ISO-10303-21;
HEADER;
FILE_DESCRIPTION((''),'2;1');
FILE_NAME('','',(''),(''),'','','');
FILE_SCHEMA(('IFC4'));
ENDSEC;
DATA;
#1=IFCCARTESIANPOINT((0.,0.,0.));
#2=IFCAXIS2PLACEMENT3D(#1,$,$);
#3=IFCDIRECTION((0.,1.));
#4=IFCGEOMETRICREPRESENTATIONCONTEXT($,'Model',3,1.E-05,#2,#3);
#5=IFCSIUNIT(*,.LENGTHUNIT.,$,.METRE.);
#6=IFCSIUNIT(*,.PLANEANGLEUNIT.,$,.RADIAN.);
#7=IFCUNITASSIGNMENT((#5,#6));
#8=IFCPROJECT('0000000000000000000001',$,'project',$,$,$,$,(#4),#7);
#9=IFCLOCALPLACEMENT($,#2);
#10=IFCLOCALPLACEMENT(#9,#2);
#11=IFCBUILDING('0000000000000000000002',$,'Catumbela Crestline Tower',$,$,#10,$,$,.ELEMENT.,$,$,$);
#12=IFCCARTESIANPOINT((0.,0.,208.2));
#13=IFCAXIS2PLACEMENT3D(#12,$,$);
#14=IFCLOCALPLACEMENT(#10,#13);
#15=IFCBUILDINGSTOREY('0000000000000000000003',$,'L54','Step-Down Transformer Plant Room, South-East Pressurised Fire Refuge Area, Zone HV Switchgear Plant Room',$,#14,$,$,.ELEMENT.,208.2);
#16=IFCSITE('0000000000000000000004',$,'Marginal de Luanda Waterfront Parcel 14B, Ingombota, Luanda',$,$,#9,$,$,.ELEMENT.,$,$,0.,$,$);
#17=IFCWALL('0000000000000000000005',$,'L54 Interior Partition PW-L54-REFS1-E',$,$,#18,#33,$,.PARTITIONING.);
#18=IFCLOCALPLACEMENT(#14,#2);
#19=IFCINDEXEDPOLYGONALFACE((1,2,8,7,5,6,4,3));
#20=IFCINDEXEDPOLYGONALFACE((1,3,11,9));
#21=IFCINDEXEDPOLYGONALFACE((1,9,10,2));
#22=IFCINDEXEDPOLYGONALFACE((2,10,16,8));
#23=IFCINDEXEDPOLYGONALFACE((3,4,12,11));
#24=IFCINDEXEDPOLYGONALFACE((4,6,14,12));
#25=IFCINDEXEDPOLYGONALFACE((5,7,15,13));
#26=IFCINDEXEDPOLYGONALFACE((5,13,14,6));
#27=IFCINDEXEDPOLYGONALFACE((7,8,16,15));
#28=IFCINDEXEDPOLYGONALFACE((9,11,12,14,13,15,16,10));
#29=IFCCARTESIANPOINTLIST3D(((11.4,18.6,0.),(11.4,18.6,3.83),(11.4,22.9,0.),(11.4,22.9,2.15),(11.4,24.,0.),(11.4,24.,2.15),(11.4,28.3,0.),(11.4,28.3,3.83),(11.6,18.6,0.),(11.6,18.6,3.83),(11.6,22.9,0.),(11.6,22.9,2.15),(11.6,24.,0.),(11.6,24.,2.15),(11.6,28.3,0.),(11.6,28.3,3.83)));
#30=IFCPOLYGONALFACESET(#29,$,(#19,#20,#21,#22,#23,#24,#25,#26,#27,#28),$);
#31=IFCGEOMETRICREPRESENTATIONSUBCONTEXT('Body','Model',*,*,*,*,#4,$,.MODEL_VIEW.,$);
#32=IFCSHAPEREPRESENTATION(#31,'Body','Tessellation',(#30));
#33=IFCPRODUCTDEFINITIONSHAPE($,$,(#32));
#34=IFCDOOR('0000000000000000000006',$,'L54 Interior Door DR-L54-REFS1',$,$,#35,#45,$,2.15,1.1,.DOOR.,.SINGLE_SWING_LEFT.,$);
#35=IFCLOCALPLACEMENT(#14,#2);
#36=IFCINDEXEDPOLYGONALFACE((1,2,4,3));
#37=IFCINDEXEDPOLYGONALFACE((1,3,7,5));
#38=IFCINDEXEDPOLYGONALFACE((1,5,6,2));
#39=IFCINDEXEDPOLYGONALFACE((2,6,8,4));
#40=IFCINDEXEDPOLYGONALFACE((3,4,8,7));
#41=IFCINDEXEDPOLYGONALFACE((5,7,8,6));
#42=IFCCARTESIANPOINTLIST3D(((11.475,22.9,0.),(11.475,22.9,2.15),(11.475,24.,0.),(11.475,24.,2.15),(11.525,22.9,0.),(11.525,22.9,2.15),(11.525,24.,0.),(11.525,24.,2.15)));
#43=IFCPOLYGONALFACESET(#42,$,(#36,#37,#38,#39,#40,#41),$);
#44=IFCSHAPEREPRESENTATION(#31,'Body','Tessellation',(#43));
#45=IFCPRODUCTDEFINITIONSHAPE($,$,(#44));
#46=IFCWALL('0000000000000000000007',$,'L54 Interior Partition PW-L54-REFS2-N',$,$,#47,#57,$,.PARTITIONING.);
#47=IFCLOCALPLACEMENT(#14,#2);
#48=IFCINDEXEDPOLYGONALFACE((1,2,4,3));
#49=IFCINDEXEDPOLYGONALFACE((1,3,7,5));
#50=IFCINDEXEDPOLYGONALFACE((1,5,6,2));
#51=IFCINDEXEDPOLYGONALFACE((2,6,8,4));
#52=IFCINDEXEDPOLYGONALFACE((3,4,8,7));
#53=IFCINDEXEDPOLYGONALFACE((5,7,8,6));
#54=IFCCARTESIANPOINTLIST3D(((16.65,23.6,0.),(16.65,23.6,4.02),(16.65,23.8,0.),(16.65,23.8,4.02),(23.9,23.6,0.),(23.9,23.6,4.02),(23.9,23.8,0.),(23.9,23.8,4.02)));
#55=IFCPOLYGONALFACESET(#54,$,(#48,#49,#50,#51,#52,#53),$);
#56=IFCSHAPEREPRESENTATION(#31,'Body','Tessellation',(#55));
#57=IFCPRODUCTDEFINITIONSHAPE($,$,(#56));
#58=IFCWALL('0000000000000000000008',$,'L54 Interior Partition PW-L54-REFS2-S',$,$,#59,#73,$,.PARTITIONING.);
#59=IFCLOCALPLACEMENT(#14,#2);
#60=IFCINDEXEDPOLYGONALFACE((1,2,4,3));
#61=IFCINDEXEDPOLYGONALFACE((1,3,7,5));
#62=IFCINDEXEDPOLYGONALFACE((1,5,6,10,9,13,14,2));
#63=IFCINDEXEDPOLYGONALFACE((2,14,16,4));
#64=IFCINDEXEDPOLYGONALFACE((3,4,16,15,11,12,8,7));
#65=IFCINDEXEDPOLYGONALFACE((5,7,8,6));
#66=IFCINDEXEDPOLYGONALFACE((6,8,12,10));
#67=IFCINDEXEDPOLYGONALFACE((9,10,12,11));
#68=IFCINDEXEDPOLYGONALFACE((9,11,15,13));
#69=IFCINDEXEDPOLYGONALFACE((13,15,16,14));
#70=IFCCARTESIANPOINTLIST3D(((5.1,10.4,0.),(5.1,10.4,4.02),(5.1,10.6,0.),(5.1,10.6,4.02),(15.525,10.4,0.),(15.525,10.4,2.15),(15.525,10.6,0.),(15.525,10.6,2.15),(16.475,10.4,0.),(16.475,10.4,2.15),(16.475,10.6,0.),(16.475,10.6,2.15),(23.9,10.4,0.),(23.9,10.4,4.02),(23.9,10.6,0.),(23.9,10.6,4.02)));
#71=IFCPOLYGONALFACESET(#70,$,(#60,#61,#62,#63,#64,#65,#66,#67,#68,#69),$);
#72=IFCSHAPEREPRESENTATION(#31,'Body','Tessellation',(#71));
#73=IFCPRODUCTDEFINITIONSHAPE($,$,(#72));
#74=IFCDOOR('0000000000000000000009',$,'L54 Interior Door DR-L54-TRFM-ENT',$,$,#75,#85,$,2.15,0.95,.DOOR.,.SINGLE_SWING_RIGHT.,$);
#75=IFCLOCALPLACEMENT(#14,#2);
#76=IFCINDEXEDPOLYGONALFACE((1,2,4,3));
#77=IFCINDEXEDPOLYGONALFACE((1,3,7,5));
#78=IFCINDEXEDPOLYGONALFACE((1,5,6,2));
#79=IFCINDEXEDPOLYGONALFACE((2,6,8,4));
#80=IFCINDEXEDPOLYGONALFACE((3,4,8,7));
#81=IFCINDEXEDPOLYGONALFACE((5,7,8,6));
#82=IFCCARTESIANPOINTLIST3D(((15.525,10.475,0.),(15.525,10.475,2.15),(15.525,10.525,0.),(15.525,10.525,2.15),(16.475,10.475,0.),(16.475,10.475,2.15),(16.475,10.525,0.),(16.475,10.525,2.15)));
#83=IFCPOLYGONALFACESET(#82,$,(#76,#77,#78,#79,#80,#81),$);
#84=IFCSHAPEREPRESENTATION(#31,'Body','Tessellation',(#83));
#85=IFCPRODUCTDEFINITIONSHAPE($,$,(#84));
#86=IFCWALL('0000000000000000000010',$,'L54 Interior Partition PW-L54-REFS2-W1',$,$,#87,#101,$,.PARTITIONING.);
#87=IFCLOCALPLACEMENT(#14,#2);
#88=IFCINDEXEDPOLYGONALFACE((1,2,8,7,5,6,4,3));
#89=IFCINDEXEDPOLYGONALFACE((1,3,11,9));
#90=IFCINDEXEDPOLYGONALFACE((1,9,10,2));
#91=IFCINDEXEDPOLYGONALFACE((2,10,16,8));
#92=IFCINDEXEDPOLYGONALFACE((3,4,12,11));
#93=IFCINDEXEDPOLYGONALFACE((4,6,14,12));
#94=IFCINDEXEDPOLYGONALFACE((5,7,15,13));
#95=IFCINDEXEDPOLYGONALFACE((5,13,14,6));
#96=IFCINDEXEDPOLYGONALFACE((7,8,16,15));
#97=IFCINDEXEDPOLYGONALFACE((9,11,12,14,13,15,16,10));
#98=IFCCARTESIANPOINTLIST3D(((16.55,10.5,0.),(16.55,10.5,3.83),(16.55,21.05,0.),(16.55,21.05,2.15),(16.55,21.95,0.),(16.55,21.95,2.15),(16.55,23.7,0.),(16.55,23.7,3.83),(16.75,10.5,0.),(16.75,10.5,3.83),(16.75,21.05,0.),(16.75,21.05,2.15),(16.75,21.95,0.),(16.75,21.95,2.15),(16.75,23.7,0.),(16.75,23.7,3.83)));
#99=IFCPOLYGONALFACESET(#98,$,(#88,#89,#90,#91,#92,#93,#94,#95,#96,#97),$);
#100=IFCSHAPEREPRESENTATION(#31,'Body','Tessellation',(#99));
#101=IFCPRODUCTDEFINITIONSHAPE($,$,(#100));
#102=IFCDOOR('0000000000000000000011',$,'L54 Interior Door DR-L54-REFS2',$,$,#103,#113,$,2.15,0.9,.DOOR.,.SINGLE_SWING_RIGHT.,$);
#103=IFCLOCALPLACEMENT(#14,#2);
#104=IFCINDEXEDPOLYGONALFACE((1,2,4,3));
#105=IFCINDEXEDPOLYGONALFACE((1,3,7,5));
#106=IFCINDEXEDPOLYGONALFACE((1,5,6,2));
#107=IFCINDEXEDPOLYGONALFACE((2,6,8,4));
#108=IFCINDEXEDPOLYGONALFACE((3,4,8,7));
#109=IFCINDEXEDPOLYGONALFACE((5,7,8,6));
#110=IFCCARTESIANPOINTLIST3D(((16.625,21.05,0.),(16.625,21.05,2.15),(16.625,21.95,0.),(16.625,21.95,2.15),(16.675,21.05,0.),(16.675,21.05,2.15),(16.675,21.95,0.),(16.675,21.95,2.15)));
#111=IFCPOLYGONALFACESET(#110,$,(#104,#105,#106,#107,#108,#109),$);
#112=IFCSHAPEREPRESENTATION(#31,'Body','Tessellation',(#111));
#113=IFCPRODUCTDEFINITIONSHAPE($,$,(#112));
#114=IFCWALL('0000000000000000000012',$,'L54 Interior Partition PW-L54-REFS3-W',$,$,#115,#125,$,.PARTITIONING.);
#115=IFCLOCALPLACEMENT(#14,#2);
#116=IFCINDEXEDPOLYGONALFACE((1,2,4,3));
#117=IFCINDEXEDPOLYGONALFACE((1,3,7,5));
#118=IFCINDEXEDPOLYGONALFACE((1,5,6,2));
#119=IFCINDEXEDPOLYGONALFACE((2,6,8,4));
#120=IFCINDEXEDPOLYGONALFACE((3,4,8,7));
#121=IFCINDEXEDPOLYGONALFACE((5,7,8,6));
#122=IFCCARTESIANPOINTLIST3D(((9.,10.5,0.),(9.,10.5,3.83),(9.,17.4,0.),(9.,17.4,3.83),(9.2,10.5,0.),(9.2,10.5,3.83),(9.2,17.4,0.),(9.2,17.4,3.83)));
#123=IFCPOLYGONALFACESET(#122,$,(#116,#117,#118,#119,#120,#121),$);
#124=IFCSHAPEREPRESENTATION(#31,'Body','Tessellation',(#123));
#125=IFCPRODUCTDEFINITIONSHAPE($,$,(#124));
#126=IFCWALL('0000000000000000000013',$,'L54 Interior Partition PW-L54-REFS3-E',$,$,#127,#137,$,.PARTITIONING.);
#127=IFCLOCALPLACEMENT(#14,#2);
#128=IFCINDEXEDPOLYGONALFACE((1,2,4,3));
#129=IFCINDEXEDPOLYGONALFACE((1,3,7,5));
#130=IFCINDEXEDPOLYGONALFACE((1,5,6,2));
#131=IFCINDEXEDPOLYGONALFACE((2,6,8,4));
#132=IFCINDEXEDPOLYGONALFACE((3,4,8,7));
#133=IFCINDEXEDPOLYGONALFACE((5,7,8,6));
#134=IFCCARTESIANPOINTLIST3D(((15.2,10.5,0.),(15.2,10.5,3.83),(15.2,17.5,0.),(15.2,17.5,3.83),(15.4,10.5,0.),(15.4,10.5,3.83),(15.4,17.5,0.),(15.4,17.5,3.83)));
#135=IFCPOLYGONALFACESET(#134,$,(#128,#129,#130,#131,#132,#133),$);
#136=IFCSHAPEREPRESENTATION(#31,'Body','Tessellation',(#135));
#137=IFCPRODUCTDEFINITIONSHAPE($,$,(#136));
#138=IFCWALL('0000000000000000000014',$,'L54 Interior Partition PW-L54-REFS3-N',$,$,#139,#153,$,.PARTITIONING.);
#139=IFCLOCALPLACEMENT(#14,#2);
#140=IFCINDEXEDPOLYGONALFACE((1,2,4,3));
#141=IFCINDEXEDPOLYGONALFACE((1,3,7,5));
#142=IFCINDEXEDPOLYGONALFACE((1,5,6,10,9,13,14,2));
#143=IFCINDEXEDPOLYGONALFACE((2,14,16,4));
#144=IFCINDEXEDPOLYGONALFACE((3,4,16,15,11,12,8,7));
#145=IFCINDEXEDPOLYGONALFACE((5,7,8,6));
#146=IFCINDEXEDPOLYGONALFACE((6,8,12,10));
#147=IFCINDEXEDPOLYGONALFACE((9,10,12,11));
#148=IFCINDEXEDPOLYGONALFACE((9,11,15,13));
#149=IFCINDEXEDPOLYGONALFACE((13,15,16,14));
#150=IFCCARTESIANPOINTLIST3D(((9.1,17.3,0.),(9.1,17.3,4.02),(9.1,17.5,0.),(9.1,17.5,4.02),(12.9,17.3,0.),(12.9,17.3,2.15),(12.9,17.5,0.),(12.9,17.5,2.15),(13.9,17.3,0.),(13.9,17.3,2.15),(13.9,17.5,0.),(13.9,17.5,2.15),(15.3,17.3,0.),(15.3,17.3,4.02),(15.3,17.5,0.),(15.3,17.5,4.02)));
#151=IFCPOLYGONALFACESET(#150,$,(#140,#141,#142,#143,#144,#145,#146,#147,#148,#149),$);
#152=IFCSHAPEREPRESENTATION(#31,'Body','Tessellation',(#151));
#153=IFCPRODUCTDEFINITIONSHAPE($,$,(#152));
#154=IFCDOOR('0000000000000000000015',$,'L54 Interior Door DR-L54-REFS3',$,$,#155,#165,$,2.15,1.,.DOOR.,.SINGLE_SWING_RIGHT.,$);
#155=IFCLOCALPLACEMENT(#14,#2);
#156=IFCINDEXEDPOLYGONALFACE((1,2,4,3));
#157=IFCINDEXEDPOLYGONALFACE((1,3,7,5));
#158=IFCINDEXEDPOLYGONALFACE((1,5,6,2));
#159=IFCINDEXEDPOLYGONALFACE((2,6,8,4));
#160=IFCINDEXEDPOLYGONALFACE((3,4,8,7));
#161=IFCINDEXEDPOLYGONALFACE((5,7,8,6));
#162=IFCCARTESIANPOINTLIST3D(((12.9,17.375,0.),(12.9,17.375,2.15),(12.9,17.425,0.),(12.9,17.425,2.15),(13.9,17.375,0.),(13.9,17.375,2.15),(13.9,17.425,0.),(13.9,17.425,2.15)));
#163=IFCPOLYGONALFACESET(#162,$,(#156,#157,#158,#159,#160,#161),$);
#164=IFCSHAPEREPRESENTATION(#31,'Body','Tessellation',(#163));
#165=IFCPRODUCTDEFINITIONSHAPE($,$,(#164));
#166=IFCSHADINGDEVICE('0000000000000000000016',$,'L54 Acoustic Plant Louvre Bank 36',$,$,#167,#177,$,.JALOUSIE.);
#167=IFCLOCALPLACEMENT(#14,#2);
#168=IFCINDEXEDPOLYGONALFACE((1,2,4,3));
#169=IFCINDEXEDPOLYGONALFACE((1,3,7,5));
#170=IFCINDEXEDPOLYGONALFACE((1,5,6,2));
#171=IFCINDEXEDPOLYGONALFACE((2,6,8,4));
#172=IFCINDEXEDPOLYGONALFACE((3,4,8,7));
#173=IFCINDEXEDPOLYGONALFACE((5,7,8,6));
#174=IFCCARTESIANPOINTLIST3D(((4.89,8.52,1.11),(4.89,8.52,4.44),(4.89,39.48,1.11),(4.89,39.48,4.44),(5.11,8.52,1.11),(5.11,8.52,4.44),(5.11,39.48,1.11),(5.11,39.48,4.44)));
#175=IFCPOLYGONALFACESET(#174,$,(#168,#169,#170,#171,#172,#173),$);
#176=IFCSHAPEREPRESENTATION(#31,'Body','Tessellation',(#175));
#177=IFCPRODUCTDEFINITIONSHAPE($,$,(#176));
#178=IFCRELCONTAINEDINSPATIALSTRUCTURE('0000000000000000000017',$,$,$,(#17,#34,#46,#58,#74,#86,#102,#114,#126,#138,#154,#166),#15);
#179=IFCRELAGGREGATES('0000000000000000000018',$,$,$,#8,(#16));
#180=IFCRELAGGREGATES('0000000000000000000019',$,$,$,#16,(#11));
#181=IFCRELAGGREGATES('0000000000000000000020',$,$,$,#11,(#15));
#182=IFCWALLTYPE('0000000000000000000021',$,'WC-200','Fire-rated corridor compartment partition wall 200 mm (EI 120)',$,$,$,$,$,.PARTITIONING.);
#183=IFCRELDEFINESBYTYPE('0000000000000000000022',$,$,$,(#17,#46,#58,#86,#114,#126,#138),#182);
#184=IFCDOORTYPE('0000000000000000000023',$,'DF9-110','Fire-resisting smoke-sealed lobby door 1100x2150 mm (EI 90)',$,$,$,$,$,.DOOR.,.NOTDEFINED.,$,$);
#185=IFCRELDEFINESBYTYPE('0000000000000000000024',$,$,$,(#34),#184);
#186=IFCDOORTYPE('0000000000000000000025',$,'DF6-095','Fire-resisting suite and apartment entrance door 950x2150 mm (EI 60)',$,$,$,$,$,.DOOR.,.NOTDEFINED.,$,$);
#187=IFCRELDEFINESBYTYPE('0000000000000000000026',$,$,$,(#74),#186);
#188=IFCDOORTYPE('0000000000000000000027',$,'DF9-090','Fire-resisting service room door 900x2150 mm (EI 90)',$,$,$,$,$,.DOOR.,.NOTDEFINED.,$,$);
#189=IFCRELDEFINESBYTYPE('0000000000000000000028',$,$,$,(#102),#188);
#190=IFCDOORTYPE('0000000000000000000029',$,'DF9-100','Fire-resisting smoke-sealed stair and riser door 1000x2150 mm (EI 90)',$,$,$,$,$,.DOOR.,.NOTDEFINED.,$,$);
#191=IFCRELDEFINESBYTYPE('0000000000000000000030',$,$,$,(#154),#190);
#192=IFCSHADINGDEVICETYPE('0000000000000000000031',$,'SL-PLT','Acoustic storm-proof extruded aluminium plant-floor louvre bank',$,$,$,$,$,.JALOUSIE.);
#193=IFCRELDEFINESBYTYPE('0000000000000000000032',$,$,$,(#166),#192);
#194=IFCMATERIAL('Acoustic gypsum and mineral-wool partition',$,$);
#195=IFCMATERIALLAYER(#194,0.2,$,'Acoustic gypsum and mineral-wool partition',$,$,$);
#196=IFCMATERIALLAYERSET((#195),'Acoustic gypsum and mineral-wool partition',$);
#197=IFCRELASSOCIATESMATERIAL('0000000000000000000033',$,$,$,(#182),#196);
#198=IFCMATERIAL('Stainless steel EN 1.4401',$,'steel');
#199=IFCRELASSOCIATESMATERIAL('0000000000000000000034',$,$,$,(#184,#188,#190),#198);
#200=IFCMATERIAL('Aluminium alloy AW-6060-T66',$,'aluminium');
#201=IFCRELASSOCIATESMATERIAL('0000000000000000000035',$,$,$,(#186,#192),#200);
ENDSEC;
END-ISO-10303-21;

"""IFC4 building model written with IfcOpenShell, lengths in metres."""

from ifc_helpers import new_model, si_unit, direction, frame, frame_2d, origin, origin_2d, place, context, subcontext, project, spatial, rectangle, extrude, material, layer, layer_set, type_object, element, fill, save


model = new_model("IFC4")

# Units and contexts
model_context = context("Model", 3, precision=1e-05, world=origin(), true_north=direction((0.0, 1.0)))
body_context = subcontext(model_context, "Body", "Model", "MODEL_VIEW")
ifc_project = project(units=[si_unit("LENGTHUNIT", "METRE"), si_unit("PLANEANGLEUNIT", "RADIAN")], contexts=[model_context])

# Site, building, storey
site_placement = place(None, origin())
site = spatial("IfcSite", under=ifc_project, at=site_placement, Name="Marginal de Luanda Waterfront Parcel 14B, Ingombota, Luanda", CompositionType="ELEMENT", RefElevation=0.0)
building_placement = place(site_placement, origin())
building = spatial("IfcBuilding", under=site, at=building_placement, Name="Catumbela Crestline Tower", CompositionType="ELEMENT")
storey_placement = place(building_placement, frame((0.0, 0.0, 208.2)))
storey = spatial("IfcBuildingStorey", under=building, at=storey_placement, Name="L54", Description="Step-Down Transformer Plant Room, South-East Pressurised Fire Refuge Area, Zone HV Switchgear Plant Room", CompositionType="ELEMENT", Elevation=208.2)

# Shared definitions
ifc_material_1 = material(Name="Acoustic gypsum and mineral-wool partition")
ifc_layer = layer(ifc_material_1, 0.2, Name="Acoustic gypsum and mineral-wool partition")
ifc_layer_set = layer_set([ifc_layer], Name="Acoustic gypsum and mineral-wool partition")
wall_type = type_object("IfcWallType", Name="WC-200", Description="Fire-rated corridor compartment partition wall 200 mm (EI 120)", PredefinedType="PARTITIONING", material=ifc_layer_set)

# Wall, opening, door
wall_1_placement = place(storey_placement, frame((11.5, 18.6, 0.0), z_axis=(0.0, 0.0, 1.0), x_axis=(0.0, 1.0, 0.0)))
wall_1 = element("IfcWall", 1, at=wall_1_placement, inside=storey, type_object=wall_type, Name="L54 Interior Partition PW-L54-REFS1-E", PredefinedType="PARTITIONING", context=body_context, shape_type="SweptSolid", body=[
    extrude(rectangle(XDim=9.7, YDim=0.2, at=frame_2d((4.85, 0.0))), origin(), (0.0, 0.0, 1.0), 3.83),
])
opening_1_placement = place(wall_1_placement, frame((4.3, 0.0, 0.0)))
opening_1 = element("IfcOpeningElement", 2, at=opening_1_placement, cuts=wall_1, PredefinedType="OPENING", context=body_context, shape_type="SweptSolid", body=[
    extrude(rectangle(XDim=1.1, YDim=2.15, at=frame_2d((0.55, 1.075))), frame((0.0, 0.11, 0.0), z_axis=(0.0, -1.0, 0.0), x_axis=(1.0, 0.0, 0.0)), (0.0, 0.0, 1.0), 0.22),
])
ifc_material_2 = material(Name="Stainless steel EN 1.4401", Category="steel")
door_type_1 = type_object("IfcDoorType", Name="DF9-110", Description="Fire-resisting smoke-sealed lobby door 1100x2150 mm (EI 90)", OperationType="NOTDEFINED", PredefinedType="DOOR", material=ifc_material_2)
door_1_placement = place(opening_1_placement, origin())
door_1 = element("IfcDoor", 3, at=door_1_placement, inside=storey, type_object=door_type_1, Name="L54 Interior Door DR-L54-REFS1", OperationType="SINGLE_SWING_LEFT", OverallHeight=2.15, OverallWidth=1.1, PredefinedType="DOOR", context=body_context, shape_type="SweptSolid", body=[
    extrude(rectangle(XDim=1.1, YDim=2.15, at=frame_2d((0.55, 1.075))), frame((0.0, 0.025, 0.0), z_axis=(0.0, -1.0, 0.0), x_axis=(1.0, 0.0, 0.0)), (0.0, 0.0, 1.0), 0.05),
])
fill(opening_1, door_1)

# Wall
wall_2_placement = place(storey_placement, frame((16.65, 23.7, 0.0), z_axis=(0.0, 0.0, 1.0), x_axis=(1.0, 0.0, 0.0)))
element("IfcWall", 4, at=wall_2_placement, inside=storey, type_object=wall_type, Name="L54 Interior Partition PW-L54-REFS2-N", PredefinedType="PARTITIONING", context=body_context, shape_type="SweptSolid", body=[
    extrude(rectangle(XDim=7.25, YDim=0.2, at=frame_2d((3.625, 0.0))), origin(), (0.0, 0.0, 1.0), 4.02),
])

# Walls, openings, doors
wall_3_placement = place(storey_placement, frame((5.1, 10.5, 0.0), z_axis=(0.0, 0.0, 1.0), x_axis=(1.0, 0.0, 0.0)))
wall_3 = element("IfcWall", 5, at=wall_3_placement, inside=storey, type_object=wall_type, Name="L54 Interior Partition PW-L54-REFS2-S", PredefinedType="PARTITIONING", context=body_context, shape_type="SweptSolid", body=[
    extrude(rectangle(XDim=18.8, YDim=0.2, at=frame_2d((9.4, 0.0))), origin(), (0.0, 0.0, 1.0), 4.02),
])
opening_2_placement = place(wall_3_placement, frame((10.425, 0.0, 0.0)))
opening_2 = element("IfcOpeningElement", 6, at=opening_2_placement, cuts=wall_3, PredefinedType="OPENING", context=body_context, shape_type="SweptSolid", body=[
    extrude(rectangle(XDim=0.95, YDim=2.15, at=frame_2d((0.475, 1.075))), frame((0.0, 0.11, 0.0), z_axis=(0.0, -1.0, 0.0), x_axis=(1.0, 0.0, 0.0)), (0.0, 0.0, 1.0), 0.22),
])
ifc_material_3 = material(Name="Aluminium alloy AW-6060-T66", Category="aluminium")
door_type_2 = type_object("IfcDoorType", Name="DF6-095", Description="Fire-resisting suite and apartment entrance door 950x2150 mm (EI 60)", OperationType="NOTDEFINED", PredefinedType="DOOR", material=ifc_material_3)
door_2_placement = place(opening_2_placement, origin())
door_2 = element("IfcDoor", 7, at=door_2_placement, inside=storey, type_object=door_type_2, Name="L54 Interior Door DR-L54-TRFM-ENT", OperationType="SINGLE_SWING_RIGHT", OverallHeight=2.15, OverallWidth=0.95, PredefinedType="DOOR", context=body_context, shape_type="SweptSolid", body=[
    extrude(rectangle(XDim=0.95, YDim=2.15, at=frame_2d((0.475, 1.075))), frame((0.0, 0.025, 0.0), z_axis=(0.0, -1.0, 0.0), x_axis=(1.0, 0.0, 0.0)), (0.0, 0.0, 1.0), 0.05),
])
fill(opening_2, door_2)
wall_4_placement = place(storey_placement, frame((16.65, 10.5, 0.0), z_axis=(0.0, 0.0, 1.0), x_axis=(0.0, 1.0, 0.0)))
wall_4 = element("IfcWall", 8, at=wall_4_placement, inside=storey, type_object=wall_type, Name="L54 Interior Partition PW-L54-REFS2-W1", PredefinedType="PARTITIONING", context=body_context, shape_type="SweptSolid", body=[
    extrude(rectangle(XDim=13.2, YDim=0.2, at=frame_2d((6.6, 0.0))), origin(), (0.0, 0.0, 1.0), 3.83),
])
opening_3_placement = place(wall_4_placement, frame((10.55, 0.0, 0.0)))
opening_3 = element("IfcOpeningElement", 9, at=opening_3_placement, cuts=wall_4, PredefinedType="OPENING", context=body_context, shape_type="SweptSolid", body=[
    extrude(rectangle(XDim=0.9, YDim=2.15, at=frame_2d((0.45, 1.075))), frame((0.0, 0.11, 0.0), z_axis=(0.0, -1.0, 0.0), x_axis=(1.0, 0.0, 0.0)), (0.0, 0.0, 1.0), 0.22),
])
door_type_3 = type_object("IfcDoorType", Name="DF9-090", Description="Fire-resisting service room door 900x2150 mm (EI 90)", OperationType="NOTDEFINED", PredefinedType="DOOR", material=ifc_material_2)
door_3_placement = place(opening_3_placement, origin())
door_3 = element("IfcDoor", 10, at=door_3_placement, inside=storey, type_object=door_type_3, Name="L54 Interior Door DR-L54-REFS2", OperationType="SINGLE_SWING_RIGHT", OverallHeight=2.15, OverallWidth=0.9, PredefinedType="DOOR", context=body_context, shape_type="SweptSolid", body=[
    extrude(rectangle(XDim=0.9, YDim=2.15, at=frame_2d((0.45, 1.075))), frame((0.0, 0.025, 0.0), z_axis=(0.0, -1.0, 0.0), x_axis=(1.0, 0.0, 0.0)), (0.0, 0.0, 1.0), 0.05),
])
fill(opening_3, door_3)

# Walls
wall_5_placement = place(storey_placement, frame((9.1, 10.5, 0.0), z_axis=(0.0, 0.0, 1.0), x_axis=(0.0, 1.0, 0.0)))
element("IfcWall", 11, at=wall_5_placement, inside=storey, type_object=wall_type, Name="L54 Interior Partition PW-L54-REFS3-W", PredefinedType="PARTITIONING", context=body_context, shape_type="SweptSolid", body=[
    extrude(rectangle(XDim=6.9, YDim=0.2, at=frame_2d((3.45, 0.0))), origin(), (0.0, 0.0, 1.0), 3.83),
])
wall_6_placement = place(storey_placement, frame((15.3, 10.5, 0.0), z_axis=(0.0, 0.0, 1.0), x_axis=(0.0, 1.0, 0.0)))
element("IfcWall", 12, at=wall_6_placement, inside=storey, type_object=wall_type, Name="L54 Interior Partition PW-L54-REFS3-E", PredefinedType="PARTITIONING", context=body_context, shape_type="SweptSolid", body=[
    extrude(rectangle(XDim=7.0, YDim=0.2, at=frame_2d((3.5, 0.0))), origin(), (0.0, 0.0, 1.0), 3.83),
])

# Wall, opening, door
wall_7_placement = place(storey_placement, frame((9.1, 17.4, 0.0), z_axis=(0.0, 0.0, 1.0), x_axis=(1.0, 0.0, 0.0)))
wall_7 = element("IfcWall", 13, at=wall_7_placement, inside=storey, type_object=wall_type, Name="L54 Interior Partition PW-L54-REFS3-N", PredefinedType="PARTITIONING", context=body_context, shape_type="SweptSolid", body=[
    extrude(rectangle(XDim=6.2, YDim=0.2, at=frame_2d((3.1, 0.0))), origin(), (0.0, 0.0, 1.0), 4.02),
])
opening_4_placement = place(wall_7_placement, frame((3.8, 0.0, 0.0)))
opening_4 = element("IfcOpeningElement", 14, at=opening_4_placement, cuts=wall_7, PredefinedType="OPENING", context=body_context, shape_type="SweptSolid", body=[
    extrude(rectangle(XDim=1.0, YDim=2.15, at=frame_2d((0.5, 1.075))), frame((0.0, 0.11, 0.0), z_axis=(0.0, -1.0, 0.0), x_axis=(1.0, 0.0, 0.0)), (0.0, 0.0, 1.0), 0.22),
])
door_type_4 = type_object("IfcDoorType", Name="DF9-100", Description="Fire-resisting smoke-sealed stair and riser door 1000x2150 mm (EI 90)", OperationType="NOTDEFINED", PredefinedType="DOOR", material=ifc_material_2)
door_4_placement = place(opening_4_placement, origin())
door_4 = element("IfcDoor", 15, at=door_4_placement, inside=storey, type_object=door_type_4, Name="L54 Interior Door DR-L54-REFS3", OperationType="SINGLE_SWING_RIGHT", OverallHeight=2.15, OverallWidth=1.0, PredefinedType="DOOR", context=body_context, shape_type="SweptSolid", body=[
    extrude(rectangle(XDim=1.0, YDim=2.15, at=frame_2d((0.5, 1.075))), frame((0.0, 0.025, 0.0), z_axis=(0.0, -1.0, 0.0), x_axis=(1.0, 0.0, 0.0)), (0.0, 0.0, 1.0), 0.05),
])
fill(opening_4, door_4)

# Shading device
shading_device_type = type_object("IfcShadingDeviceType", Name="SL-PLT", Description="Acoustic storm-proof extruded aluminium plant-floor louvre bank", PredefinedType="JALOUSIE", material=ifc_material_3)
shading_device_placement = place(storey_placement, frame((5.0, 24.0, 1.11), z_axis=(0.0, 0.0, 1.0), x_axis=(0.0, -1.0, 0.0)))
element("IfcShadingDevice", 16, at=shading_device_placement, inside=storey, type_object=shading_device_type, Name="L54 Acoustic Plant Louvre Bank 36", PredefinedType="JALOUSIE", context=body_context, shape_type="SweptSolid", body=[
    extrude(rectangle(XDim=30.96, YDim=0.22, at=origin_2d()), origin(), (0.0, 0.0, 1.0), 3.33),
])

save(model, "model.ifc")
